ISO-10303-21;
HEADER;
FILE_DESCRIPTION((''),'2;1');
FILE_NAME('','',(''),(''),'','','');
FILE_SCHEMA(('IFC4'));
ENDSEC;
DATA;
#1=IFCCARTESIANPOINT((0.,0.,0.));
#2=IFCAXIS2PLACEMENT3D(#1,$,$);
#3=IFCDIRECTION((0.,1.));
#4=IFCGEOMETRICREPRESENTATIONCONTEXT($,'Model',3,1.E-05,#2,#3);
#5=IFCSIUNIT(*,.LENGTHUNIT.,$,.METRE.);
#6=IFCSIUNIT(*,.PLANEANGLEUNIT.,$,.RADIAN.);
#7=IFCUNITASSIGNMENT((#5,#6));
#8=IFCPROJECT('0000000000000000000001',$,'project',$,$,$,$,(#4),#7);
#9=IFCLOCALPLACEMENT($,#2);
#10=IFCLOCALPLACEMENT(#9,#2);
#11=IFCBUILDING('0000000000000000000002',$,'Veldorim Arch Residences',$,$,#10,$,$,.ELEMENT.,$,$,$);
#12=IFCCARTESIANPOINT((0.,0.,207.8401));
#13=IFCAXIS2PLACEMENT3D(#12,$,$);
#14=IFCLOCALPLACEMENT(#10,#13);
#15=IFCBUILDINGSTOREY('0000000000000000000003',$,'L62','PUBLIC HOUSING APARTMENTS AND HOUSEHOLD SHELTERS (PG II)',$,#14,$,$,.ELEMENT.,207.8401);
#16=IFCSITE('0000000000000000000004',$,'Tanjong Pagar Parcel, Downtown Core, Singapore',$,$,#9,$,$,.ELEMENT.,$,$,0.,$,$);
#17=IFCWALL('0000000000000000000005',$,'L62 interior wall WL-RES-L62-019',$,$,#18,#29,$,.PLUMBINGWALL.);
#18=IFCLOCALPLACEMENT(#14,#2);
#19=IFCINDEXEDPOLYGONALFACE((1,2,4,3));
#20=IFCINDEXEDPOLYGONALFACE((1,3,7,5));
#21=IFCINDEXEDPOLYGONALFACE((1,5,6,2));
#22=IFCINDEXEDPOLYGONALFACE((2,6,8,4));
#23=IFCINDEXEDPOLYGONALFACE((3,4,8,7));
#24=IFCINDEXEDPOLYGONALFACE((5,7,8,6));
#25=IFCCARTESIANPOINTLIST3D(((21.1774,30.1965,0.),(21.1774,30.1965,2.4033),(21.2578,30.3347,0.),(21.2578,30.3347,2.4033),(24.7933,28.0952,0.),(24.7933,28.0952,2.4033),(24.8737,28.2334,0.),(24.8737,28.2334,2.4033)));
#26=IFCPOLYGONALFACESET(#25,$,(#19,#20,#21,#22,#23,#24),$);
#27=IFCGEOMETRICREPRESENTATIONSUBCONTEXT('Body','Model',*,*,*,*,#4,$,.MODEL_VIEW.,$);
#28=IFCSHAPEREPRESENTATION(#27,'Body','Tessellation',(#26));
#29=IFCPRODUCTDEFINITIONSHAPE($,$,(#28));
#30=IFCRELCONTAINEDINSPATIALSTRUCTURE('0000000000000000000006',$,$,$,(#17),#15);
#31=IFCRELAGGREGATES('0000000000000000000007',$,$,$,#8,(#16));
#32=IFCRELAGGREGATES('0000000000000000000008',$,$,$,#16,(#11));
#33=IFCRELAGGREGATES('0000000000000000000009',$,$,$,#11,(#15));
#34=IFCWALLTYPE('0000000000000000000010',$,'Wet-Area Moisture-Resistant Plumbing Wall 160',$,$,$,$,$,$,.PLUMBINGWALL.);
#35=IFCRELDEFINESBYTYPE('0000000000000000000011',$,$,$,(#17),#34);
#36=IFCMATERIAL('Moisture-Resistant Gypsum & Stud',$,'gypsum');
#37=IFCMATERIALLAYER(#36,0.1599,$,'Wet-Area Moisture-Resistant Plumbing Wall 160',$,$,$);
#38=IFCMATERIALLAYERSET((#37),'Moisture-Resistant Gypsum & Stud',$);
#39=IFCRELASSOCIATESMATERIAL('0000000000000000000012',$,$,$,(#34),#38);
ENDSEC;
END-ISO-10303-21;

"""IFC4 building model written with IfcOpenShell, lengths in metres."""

from ifc_helpers import new_model, si_unit, direction, frame, frame_2d, origin, place, context, subcontext, project, spatial, rectangle, extrude, material, layer, layer_set, type_object, element, save


model = new_model("IFC4")

# Units and contexts
model_context = context("Model", 3, precision=1e-05, world=origin(), true_north=direction((0.0, 1.0)))
body_context = subcontext(model_context, "Body", "Model", "MODEL_VIEW")
ifc_project = project(units=[si_unit("LENGTHUNIT", "METRE"), si_unit("PLANEANGLEUNIT", "RADIAN")], contexts=[model_context])

# Site, building, storey
site_placement = place(None, origin())
site = spatial("IfcSite", under=ifc_project, at=site_placement, Name="Tanjong Pagar Parcel, Downtown Core, Singapore", CompositionType="ELEMENT", RefElevation=0.0)
building_placement = place(site_placement, origin())
building = spatial("IfcBuilding", under=site, at=building_placement, Name="Veldorim Arch Residences", CompositionType="ELEMENT")
storey_placement = place(building_placement, frame((0.0, 0.0, 207.8401)))
storey = spatial("IfcBuildingStorey", under=building, at=storey_placement, Name="L62", Description="PUBLIC HOUSING APARTMENTS AND HOUSEHOLD SHELTERS (PG II)", CompositionType="ELEMENT", Elevation=207.8401)

# Wall
ifc_material_1 = material(Name="Moisture-Resistant Gypsum & Stud", Category="gypsum")
ifc_layer_1 = layer(ifc_material_1, 0.1599, Name="Wet-Area Moisture-Resistant Plumbing Wall 160")
ifc_layer_set_1 = layer_set([ifc_layer_1], Name="Moisture-Resistant Gypsum & Stud")
wall_type_1 = type_object("IfcWallType", Name="Wet-Area Moisture-Resistant Plumbing Wall 160", PredefinedType="PLUMBINGWALL", material=ifc_layer_set_1)
wall_1_placement = place(storey_placement, frame((24.8335, 28.1643, 0.0), z_axis=(0.0, 0.0, 1.0), x_axis=(-0.86461, 0.502444, 0.0)))
element("IfcWall", 1, at=wall_1_placement, inside=storey, type_object=wall_type_1, Name="L62 interior wall WL-RES-L62-019", PredefinedType="PLUMBINGWALL", context=body_context, shape_type="SweptSolid", body=[
    extrude(rectangle(XDim=4.1821, YDim=0.1599, at=frame_2d((2.0911, 0.0))), origin(), (0.0, 0.0, 1.0), 2.4033),
])

save(model, "model.ifc")
